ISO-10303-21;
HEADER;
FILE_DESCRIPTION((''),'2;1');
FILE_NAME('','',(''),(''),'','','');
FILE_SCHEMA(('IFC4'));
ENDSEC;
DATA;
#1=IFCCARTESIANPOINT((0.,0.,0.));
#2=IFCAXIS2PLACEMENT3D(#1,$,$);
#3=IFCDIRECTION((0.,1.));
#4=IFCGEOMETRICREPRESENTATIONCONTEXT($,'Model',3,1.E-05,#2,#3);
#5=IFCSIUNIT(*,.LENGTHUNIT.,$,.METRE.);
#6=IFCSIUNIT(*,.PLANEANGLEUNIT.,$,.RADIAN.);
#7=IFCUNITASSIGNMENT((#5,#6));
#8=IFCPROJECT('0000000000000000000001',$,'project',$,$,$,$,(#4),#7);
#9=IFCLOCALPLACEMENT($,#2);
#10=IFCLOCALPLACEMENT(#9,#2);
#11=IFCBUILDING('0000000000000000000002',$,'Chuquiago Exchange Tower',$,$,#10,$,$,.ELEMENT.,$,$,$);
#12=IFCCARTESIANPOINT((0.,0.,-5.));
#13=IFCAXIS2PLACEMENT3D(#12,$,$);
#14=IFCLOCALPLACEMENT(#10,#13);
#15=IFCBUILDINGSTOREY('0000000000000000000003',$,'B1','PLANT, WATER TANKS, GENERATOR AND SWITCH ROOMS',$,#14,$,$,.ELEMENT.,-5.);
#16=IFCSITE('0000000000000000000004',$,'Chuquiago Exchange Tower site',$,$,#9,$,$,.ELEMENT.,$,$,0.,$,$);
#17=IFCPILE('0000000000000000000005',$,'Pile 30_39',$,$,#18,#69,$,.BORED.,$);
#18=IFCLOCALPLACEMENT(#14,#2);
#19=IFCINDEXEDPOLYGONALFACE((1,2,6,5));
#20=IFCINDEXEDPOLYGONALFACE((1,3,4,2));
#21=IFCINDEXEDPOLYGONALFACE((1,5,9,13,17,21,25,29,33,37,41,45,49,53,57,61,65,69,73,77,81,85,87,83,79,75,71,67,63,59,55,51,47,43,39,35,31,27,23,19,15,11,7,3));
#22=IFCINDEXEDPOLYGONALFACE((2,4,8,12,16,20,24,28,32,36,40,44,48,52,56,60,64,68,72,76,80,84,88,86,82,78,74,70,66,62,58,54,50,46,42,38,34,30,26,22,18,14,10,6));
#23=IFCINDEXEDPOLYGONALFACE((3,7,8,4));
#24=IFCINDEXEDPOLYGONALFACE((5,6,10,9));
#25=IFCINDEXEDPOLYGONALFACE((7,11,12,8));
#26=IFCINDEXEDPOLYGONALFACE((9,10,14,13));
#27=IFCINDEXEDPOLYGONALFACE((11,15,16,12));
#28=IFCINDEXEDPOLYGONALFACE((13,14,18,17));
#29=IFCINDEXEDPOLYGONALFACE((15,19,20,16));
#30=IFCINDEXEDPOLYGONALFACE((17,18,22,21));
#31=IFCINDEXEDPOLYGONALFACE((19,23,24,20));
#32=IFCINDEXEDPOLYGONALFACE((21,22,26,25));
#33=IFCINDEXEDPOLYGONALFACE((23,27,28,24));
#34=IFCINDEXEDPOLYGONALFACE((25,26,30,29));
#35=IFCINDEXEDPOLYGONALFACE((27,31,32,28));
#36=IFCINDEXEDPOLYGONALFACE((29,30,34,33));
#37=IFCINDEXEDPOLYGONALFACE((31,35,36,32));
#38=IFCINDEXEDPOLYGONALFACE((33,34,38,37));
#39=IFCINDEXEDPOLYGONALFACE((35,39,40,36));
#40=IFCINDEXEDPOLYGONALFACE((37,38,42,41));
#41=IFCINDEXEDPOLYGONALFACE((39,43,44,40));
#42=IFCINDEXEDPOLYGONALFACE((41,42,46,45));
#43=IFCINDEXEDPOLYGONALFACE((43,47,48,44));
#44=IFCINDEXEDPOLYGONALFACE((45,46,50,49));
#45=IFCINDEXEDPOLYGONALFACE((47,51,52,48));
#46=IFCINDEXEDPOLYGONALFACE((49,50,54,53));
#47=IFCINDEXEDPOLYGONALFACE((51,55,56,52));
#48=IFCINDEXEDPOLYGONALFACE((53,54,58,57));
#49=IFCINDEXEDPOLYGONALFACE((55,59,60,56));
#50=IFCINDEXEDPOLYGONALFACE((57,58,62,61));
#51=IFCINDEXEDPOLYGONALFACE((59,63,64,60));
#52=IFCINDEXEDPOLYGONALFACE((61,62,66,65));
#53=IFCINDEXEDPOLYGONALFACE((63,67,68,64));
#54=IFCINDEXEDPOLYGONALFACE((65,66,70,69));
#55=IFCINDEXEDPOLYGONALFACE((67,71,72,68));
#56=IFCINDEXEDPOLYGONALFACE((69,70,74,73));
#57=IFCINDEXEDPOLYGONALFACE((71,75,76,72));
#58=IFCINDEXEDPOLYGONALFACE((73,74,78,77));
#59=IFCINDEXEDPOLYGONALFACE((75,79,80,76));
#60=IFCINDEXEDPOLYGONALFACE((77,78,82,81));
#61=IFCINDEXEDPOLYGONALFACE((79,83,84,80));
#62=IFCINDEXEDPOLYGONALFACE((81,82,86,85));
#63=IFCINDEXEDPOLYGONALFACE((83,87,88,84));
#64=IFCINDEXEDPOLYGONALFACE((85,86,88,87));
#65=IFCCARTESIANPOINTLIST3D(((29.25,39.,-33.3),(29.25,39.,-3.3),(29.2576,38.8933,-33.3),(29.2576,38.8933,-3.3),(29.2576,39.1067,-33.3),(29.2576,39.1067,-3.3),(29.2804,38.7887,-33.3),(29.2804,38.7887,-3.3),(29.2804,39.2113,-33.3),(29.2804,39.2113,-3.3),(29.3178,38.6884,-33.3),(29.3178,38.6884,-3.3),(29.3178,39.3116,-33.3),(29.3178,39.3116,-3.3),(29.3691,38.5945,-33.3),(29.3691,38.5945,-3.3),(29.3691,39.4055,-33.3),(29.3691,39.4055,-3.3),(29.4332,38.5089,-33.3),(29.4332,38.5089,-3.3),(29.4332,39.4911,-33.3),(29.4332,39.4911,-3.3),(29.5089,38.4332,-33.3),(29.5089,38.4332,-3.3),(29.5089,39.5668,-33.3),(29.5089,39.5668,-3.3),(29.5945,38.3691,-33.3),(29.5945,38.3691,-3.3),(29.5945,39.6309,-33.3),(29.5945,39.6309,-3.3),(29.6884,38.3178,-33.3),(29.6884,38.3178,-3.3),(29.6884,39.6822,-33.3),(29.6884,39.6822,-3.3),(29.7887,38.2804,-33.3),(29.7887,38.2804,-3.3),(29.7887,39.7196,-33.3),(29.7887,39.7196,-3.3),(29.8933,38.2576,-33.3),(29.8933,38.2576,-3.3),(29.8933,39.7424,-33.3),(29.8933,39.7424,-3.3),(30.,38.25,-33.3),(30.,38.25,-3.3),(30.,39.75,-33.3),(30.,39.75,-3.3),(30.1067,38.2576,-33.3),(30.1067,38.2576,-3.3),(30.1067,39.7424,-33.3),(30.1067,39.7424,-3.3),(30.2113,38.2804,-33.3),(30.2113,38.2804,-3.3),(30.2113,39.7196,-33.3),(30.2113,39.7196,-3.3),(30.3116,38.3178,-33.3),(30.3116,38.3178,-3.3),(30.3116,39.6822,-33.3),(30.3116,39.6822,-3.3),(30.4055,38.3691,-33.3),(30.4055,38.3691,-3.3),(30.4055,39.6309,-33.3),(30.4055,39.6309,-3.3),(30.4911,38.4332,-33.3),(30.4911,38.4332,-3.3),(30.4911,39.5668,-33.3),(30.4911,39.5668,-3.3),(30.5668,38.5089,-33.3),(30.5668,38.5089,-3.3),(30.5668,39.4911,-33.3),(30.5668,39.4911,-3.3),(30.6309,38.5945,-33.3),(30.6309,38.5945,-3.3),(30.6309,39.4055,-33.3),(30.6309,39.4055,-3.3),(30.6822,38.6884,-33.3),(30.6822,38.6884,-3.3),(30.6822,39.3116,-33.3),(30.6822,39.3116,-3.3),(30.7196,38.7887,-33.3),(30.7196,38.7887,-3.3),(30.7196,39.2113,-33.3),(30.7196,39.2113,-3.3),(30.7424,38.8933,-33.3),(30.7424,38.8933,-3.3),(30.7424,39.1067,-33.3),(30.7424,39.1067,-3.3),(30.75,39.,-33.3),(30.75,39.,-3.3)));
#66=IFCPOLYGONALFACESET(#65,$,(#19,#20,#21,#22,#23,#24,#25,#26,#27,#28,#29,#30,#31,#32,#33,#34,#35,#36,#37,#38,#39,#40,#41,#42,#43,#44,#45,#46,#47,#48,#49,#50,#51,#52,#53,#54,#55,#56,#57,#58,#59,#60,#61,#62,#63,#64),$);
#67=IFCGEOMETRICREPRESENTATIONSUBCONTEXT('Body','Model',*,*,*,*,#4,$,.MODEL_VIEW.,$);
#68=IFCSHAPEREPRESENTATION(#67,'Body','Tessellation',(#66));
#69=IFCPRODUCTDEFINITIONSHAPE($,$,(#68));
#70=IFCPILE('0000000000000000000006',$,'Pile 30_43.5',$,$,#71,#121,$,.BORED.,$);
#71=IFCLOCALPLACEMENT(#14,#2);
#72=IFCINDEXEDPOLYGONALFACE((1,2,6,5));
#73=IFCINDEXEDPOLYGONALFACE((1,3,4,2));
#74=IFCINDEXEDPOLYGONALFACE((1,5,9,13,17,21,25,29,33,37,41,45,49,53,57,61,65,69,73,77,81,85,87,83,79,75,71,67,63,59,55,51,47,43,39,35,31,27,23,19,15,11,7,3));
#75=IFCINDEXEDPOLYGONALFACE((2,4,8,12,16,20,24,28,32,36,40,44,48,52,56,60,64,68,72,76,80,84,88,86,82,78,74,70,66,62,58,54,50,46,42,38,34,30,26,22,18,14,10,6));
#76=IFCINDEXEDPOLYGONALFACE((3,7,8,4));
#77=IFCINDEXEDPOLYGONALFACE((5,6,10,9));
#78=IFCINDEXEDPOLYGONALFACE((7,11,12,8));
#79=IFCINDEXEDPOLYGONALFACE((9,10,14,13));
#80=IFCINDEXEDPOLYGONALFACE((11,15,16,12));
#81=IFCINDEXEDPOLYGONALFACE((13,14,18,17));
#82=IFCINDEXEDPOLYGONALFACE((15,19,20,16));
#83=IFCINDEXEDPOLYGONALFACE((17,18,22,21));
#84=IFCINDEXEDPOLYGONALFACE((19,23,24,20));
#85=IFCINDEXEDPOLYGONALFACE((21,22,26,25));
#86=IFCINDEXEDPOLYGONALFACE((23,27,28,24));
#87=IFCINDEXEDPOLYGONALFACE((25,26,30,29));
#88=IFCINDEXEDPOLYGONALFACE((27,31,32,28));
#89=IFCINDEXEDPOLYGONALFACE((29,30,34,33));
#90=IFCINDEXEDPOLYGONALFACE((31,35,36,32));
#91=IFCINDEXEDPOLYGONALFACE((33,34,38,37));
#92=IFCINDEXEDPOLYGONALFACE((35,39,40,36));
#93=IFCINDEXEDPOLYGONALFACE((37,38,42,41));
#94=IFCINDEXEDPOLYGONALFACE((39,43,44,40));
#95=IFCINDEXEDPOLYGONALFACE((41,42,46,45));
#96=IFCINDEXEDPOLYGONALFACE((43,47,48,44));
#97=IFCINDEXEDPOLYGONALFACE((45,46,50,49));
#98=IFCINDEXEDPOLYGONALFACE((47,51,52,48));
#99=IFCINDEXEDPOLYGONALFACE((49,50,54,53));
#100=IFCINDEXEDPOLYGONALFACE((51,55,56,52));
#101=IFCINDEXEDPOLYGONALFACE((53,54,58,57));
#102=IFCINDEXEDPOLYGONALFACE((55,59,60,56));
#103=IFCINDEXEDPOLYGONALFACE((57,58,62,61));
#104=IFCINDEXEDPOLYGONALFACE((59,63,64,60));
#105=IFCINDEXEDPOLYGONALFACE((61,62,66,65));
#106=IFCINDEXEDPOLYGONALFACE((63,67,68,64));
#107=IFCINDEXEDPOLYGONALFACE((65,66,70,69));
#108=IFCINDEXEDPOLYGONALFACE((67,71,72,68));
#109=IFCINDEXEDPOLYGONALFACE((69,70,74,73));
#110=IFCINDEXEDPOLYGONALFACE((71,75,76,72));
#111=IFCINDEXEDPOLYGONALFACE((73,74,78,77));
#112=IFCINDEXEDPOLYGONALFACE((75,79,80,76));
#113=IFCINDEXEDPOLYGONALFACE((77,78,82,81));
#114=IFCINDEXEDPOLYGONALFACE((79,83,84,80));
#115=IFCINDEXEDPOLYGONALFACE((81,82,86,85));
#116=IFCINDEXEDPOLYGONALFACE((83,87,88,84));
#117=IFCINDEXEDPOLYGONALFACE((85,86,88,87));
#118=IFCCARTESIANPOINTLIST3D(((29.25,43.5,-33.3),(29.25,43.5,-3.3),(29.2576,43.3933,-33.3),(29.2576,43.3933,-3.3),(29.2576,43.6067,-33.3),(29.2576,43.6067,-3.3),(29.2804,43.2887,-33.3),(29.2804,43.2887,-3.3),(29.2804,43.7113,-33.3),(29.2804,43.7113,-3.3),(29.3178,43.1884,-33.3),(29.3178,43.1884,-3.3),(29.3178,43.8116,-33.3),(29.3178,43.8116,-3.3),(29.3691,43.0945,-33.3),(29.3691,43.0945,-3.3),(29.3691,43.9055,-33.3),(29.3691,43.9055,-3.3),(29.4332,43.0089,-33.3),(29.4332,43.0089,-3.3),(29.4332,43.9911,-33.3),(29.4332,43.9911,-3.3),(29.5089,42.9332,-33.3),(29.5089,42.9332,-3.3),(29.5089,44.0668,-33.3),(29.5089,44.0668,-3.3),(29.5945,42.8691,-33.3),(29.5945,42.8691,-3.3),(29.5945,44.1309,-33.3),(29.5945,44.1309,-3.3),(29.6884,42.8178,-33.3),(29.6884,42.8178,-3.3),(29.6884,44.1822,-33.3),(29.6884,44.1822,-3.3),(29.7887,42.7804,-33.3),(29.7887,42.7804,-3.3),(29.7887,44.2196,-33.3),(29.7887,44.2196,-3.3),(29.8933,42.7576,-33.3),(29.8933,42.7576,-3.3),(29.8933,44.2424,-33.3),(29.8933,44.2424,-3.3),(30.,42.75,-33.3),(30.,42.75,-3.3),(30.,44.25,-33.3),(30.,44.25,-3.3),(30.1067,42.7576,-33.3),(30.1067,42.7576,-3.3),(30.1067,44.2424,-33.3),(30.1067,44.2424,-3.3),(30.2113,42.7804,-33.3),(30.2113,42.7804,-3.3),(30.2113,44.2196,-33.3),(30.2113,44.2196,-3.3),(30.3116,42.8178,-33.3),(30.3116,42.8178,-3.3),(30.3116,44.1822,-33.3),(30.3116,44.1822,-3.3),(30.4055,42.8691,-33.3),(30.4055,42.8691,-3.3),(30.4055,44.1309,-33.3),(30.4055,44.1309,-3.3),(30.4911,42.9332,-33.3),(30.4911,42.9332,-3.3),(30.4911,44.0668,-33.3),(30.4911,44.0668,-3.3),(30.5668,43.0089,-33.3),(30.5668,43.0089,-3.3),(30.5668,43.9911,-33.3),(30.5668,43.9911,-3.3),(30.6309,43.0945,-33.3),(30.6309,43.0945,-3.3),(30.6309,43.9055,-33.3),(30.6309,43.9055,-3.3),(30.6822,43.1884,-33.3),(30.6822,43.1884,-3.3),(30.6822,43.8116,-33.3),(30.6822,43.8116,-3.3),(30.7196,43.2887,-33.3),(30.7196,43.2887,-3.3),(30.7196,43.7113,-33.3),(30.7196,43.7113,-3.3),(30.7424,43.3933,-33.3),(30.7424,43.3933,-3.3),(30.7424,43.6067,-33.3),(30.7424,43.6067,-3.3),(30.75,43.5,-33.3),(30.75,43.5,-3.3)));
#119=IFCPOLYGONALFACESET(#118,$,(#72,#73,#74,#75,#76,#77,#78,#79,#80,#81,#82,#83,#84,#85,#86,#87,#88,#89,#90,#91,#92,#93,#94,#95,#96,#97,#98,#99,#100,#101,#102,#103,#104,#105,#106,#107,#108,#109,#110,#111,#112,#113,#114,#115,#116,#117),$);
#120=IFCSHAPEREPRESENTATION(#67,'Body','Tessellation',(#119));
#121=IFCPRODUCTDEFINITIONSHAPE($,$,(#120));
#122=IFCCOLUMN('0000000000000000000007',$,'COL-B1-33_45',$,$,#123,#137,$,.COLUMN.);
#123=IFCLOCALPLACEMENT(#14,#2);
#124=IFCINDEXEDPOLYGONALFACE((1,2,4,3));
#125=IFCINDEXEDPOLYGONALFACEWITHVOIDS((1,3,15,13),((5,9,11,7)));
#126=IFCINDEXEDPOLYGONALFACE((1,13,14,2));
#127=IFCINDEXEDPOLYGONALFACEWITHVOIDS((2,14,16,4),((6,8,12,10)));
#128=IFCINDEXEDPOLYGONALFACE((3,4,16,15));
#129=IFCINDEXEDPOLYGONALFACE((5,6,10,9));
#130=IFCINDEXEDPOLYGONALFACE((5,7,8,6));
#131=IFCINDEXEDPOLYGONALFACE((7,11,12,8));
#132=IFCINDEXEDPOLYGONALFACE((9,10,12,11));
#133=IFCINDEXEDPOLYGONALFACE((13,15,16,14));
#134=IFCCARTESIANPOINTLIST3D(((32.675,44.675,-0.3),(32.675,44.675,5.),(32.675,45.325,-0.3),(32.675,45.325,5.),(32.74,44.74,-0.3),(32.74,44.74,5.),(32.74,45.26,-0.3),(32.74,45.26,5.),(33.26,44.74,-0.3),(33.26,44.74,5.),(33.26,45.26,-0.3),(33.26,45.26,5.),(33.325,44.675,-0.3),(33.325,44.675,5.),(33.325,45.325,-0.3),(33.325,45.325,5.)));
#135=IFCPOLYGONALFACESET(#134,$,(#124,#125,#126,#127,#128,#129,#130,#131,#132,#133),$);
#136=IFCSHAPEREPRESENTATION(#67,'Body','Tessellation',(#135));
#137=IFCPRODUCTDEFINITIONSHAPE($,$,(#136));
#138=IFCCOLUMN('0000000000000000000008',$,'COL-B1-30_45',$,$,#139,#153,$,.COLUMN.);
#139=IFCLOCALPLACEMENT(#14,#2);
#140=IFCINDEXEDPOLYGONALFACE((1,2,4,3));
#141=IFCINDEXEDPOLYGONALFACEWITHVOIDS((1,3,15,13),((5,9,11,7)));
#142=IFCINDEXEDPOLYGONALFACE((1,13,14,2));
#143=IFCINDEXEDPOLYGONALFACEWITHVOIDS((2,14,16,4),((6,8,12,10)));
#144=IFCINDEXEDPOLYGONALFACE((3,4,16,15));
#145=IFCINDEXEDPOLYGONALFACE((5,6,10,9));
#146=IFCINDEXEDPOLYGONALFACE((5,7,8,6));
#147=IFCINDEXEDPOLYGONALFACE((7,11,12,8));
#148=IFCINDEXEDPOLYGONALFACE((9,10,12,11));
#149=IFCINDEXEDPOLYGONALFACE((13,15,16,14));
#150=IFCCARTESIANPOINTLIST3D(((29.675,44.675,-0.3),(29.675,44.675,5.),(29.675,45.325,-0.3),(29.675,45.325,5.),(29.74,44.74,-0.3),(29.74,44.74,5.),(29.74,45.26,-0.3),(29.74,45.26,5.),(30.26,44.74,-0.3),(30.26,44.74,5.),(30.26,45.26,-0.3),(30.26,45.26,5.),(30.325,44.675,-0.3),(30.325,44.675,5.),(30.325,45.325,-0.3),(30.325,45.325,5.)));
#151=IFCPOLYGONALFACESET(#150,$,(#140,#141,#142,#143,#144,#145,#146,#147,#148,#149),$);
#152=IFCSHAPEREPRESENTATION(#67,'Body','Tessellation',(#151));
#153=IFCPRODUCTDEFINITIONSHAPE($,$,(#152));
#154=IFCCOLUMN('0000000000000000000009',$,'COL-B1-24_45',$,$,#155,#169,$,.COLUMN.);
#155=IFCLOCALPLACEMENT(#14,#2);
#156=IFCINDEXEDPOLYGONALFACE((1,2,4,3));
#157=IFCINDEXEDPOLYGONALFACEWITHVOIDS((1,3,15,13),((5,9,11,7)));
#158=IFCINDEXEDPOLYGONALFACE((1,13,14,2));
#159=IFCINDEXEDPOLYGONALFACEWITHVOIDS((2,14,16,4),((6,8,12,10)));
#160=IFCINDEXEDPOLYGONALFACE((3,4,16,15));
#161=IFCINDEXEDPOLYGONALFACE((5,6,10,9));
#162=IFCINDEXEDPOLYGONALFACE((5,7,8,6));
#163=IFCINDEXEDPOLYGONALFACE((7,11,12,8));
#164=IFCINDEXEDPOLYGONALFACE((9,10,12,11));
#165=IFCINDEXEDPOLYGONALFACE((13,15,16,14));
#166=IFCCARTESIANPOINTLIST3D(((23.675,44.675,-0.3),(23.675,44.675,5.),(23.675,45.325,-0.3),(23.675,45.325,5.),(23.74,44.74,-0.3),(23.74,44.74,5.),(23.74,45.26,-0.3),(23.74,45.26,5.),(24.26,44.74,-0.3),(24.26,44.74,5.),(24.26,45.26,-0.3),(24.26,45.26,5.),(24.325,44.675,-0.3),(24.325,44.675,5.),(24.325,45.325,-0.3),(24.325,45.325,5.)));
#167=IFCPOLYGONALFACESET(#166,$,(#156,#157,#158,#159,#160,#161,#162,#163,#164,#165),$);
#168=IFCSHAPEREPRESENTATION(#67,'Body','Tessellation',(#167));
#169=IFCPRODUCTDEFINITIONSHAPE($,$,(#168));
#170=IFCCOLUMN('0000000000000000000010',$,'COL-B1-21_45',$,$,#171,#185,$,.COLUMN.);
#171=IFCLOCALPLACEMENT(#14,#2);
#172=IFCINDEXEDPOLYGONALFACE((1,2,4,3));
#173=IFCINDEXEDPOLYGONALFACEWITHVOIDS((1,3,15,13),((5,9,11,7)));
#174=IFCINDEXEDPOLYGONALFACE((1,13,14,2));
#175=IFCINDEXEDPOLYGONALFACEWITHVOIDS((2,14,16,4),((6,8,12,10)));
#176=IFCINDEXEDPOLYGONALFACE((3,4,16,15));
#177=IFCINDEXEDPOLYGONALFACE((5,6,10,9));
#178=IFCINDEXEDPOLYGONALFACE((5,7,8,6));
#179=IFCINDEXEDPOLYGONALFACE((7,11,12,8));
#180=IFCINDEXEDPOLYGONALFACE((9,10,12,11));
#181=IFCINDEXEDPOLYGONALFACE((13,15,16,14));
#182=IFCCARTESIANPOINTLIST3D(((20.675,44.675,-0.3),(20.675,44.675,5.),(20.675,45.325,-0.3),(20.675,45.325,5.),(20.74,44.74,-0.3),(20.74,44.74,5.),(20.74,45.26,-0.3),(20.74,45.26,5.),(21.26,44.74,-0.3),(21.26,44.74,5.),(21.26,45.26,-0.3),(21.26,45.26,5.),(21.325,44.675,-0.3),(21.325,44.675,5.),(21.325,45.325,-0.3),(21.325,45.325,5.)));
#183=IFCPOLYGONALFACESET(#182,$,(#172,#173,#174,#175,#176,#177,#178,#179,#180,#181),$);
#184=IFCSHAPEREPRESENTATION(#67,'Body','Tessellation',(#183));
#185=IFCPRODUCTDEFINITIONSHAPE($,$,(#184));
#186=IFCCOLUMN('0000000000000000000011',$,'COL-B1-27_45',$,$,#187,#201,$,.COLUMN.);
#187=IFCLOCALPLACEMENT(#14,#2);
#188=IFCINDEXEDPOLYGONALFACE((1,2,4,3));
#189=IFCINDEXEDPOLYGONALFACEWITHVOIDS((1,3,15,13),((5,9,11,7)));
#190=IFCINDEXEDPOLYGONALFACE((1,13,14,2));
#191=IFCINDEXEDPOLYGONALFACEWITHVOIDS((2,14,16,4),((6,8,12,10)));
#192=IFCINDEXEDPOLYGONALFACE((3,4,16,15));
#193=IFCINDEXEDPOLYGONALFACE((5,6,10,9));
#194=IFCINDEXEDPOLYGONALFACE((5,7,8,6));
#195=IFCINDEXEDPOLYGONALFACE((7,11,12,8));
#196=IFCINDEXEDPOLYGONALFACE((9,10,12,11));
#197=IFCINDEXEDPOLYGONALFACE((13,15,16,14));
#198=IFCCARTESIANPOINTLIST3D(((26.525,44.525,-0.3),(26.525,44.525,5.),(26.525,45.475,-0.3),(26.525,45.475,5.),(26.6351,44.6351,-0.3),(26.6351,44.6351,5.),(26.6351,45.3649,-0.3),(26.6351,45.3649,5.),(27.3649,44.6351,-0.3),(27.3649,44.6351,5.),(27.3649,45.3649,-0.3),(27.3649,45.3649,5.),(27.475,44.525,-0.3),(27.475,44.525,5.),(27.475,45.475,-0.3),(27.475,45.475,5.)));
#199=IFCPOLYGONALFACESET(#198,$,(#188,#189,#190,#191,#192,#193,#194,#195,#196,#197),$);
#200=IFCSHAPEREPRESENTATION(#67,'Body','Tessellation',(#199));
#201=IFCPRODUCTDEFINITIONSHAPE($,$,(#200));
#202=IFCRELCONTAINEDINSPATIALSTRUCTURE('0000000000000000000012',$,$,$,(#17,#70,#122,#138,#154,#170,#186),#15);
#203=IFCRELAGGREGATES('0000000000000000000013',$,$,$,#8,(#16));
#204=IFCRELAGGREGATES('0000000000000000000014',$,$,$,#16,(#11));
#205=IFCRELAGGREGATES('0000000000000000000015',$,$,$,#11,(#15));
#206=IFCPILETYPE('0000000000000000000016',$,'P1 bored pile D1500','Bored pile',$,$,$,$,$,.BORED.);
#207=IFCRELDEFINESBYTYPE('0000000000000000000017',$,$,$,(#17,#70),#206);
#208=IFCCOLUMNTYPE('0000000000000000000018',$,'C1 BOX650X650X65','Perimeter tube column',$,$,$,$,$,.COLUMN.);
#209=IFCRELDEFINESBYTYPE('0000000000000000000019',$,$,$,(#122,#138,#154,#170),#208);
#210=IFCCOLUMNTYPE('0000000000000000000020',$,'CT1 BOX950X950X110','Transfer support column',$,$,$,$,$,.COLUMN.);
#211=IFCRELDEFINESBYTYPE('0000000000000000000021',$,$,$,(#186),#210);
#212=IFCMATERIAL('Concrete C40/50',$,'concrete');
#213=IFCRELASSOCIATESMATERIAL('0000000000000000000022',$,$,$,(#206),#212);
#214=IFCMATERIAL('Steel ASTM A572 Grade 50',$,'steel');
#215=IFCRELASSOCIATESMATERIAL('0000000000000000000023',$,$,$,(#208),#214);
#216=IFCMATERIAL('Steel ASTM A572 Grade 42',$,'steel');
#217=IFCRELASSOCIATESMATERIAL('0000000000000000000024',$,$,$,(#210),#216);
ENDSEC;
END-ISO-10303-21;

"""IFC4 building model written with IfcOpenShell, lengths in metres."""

from ifc_helpers import new_model, si_unit, direction, frame, origin, origin_2d, place, context, subcontext, project, spatial, hollow_rectangle, circle, extrude, material, material_profile, profile_set, type_object, element, save


model = new_model("IFC4")

# Units and contexts
model_context = context("Model", 3, precision=1e-05, world=origin(), true_north=direction((0.0, 1.0)))
body_context = subcontext(model_context, "Body", "Model", "MODEL_VIEW")
ifc_project = project(units=[si_unit("LENGTHUNIT", "METRE"), si_unit("PLANEANGLEUNIT", "RADIAN")], contexts=[model_context])

# Site, building, storey
site_placement = place(None, origin())
site = spatial("IfcSite", under=ifc_project, at=site_placement, Name="Chuquiago Exchange Tower site", CompositionType="ELEMENT", RefElevation=0.0)
building_placement = place(site_placement, origin())
building = spatial("IfcBuilding", under=site, at=building_placement, Name="Chuquiago Exchange Tower", CompositionType="ELEMENT")
storey_placement = place(building_placement, frame((0.0, 0.0, -5.0)))
storey = spatial("IfcBuildingStorey", under=building, at=storey_placement, Name="B1", Description="PLANT, WATER TANKS, GENERATOR AND SWITCH ROOMS", CompositionType="ELEMENT", Elevation=-5.0)

# Piles
ifc_material_1 = material(Name="Concrete C40/50", Category="concrete")
ifc_material_profile_1 = material_profile(ifc_material_1, circle(Radius=0.75, at=origin_2d()), Name="D1500")
ifc_profile_set_1 = profile_set([ifc_material_profile_1], Name="Concrete C40/50")
pile_type = type_object("IfcPileType", Name="P1 bored pile D1500", Description="Bored pile", PredefinedType="BORED", material=ifc_profile_set_1)
for number, where, z_axis, x_axis, name in (
    (1, (30.0, 39.0, -3.3), (0.0, 0.0, -1.0), (1.0, 0.0, 0.0), "Pile 30_39"),
    (2, (30.0, 43.5, -3.3), (0.0, 0.0, -1.0), (1.0, 0.0, 0.0), "Pile 30_43.5"),
):
    element("IfcPile", number, at=place(storey_placement, frame(where, z_axis=z_axis, x_axis=x_axis)), inside=storey, type_object=pile_type, Name=name, PredefinedType="BORED", context=body_context, shape_type="SweptSolid", body=[
        extrude(circle(Radius=0.75, at=origin_2d()), origin(), (0.0, 0.0, 1.0), 30.0),
    ])

# Columns
ifc_material_2 = material(Name="Steel ASTM A572 Grade 50", Category="steel")
ifc_material_profile_2 = material_profile(ifc_material_2, hollow_rectangle(XDim=0.6499, YDim=0.6499, WallThickness=0.0649, at=origin_2d()), Name="BOX650X650X65")
ifc_profile_set_2 = profile_set([ifc_material_profile_2], Name="Steel ASTM A572 Grade 50")
column_type_1 = type_object("IfcColumnType", Name="C1 BOX650X650X65", Description="Perimeter tube column", PredefinedType="COLUMN", material=ifc_profile_set_2)
for number, where, z_axis, x_axis, name in (
    (3, (33.0, 45.0, -0.3), (0.0, 0.0, 1.0), (0.0, 1.0, 0.0), "COL-B1-33_45"),
    (4, (30.0, 45.0, -0.3), (0.0, 0.0, 1.0), (0.0, 1.0, 0.0), "COL-B1-30_45"),
    (5, (24.0, 45.0, -0.3), (0.0, 0.0, 1.0), (0.0, 1.0, 0.0), "COL-B1-24_45"),
    (6, (21.0, 45.0, -0.3), (0.0, 0.0, 1.0), (0.0, 1.0, 0.0), "COL-B1-21_45"),
):
    element("IfcColumn", number, at=place(storey_placement, frame(where, z_axis=z_axis, x_axis=x_axis)), inside=storey, type_object=column_type_1, Name=name, PredefinedType="COLUMN", context=body_context, shape_type="SweptSolid", body=[
        extrude(hollow_rectangle(XDim=0.6499, YDim=0.6499, WallThickness=0.0649, at=origin_2d()), origin(), (0.0, 0.0, 1.0), 5.3),
    ])
ifc_material_3 = material(Name="Steel ASTM A572 Grade 42", Category="steel")
ifc_material_profile_3 = material_profile(ifc_material_3, hollow_rectangle(XDim=0.95, YDim=0.95, WallThickness=0.1101, at=origin_2d()), Name="BOX950X950X110")
ifc_profile_set_3 = profile_set([ifc_material_profile_3], Name="Steel ASTM A572 Grade 42")
column_type_2 = type_object("IfcColumnType", Name="CT1 BOX950X950X110", Description="Transfer support column", PredefinedType="COLUMN", material=ifc_profile_set_3)
column_placement = place(storey_placement, frame((27.0, 45.0, -0.3), z_axis=(0.0, 0.0, 1.0), x_axis=(0.0, 1.0, 0.0)))
element("IfcColumn", 7, at=column_placement, inside=storey, type_object=column_type_2, Name="COL-B1-27_45", PredefinedType="COLUMN", context=body_context, shape_type="SweptSolid", body=[
    extrude(hollow_rectangle(XDim=0.95, YDim=0.95, WallThickness=0.1101, at=origin_2d()), origin(), (0.0, 0.0, 1.0), 5.3),
])

save(model, "model.ifc")
